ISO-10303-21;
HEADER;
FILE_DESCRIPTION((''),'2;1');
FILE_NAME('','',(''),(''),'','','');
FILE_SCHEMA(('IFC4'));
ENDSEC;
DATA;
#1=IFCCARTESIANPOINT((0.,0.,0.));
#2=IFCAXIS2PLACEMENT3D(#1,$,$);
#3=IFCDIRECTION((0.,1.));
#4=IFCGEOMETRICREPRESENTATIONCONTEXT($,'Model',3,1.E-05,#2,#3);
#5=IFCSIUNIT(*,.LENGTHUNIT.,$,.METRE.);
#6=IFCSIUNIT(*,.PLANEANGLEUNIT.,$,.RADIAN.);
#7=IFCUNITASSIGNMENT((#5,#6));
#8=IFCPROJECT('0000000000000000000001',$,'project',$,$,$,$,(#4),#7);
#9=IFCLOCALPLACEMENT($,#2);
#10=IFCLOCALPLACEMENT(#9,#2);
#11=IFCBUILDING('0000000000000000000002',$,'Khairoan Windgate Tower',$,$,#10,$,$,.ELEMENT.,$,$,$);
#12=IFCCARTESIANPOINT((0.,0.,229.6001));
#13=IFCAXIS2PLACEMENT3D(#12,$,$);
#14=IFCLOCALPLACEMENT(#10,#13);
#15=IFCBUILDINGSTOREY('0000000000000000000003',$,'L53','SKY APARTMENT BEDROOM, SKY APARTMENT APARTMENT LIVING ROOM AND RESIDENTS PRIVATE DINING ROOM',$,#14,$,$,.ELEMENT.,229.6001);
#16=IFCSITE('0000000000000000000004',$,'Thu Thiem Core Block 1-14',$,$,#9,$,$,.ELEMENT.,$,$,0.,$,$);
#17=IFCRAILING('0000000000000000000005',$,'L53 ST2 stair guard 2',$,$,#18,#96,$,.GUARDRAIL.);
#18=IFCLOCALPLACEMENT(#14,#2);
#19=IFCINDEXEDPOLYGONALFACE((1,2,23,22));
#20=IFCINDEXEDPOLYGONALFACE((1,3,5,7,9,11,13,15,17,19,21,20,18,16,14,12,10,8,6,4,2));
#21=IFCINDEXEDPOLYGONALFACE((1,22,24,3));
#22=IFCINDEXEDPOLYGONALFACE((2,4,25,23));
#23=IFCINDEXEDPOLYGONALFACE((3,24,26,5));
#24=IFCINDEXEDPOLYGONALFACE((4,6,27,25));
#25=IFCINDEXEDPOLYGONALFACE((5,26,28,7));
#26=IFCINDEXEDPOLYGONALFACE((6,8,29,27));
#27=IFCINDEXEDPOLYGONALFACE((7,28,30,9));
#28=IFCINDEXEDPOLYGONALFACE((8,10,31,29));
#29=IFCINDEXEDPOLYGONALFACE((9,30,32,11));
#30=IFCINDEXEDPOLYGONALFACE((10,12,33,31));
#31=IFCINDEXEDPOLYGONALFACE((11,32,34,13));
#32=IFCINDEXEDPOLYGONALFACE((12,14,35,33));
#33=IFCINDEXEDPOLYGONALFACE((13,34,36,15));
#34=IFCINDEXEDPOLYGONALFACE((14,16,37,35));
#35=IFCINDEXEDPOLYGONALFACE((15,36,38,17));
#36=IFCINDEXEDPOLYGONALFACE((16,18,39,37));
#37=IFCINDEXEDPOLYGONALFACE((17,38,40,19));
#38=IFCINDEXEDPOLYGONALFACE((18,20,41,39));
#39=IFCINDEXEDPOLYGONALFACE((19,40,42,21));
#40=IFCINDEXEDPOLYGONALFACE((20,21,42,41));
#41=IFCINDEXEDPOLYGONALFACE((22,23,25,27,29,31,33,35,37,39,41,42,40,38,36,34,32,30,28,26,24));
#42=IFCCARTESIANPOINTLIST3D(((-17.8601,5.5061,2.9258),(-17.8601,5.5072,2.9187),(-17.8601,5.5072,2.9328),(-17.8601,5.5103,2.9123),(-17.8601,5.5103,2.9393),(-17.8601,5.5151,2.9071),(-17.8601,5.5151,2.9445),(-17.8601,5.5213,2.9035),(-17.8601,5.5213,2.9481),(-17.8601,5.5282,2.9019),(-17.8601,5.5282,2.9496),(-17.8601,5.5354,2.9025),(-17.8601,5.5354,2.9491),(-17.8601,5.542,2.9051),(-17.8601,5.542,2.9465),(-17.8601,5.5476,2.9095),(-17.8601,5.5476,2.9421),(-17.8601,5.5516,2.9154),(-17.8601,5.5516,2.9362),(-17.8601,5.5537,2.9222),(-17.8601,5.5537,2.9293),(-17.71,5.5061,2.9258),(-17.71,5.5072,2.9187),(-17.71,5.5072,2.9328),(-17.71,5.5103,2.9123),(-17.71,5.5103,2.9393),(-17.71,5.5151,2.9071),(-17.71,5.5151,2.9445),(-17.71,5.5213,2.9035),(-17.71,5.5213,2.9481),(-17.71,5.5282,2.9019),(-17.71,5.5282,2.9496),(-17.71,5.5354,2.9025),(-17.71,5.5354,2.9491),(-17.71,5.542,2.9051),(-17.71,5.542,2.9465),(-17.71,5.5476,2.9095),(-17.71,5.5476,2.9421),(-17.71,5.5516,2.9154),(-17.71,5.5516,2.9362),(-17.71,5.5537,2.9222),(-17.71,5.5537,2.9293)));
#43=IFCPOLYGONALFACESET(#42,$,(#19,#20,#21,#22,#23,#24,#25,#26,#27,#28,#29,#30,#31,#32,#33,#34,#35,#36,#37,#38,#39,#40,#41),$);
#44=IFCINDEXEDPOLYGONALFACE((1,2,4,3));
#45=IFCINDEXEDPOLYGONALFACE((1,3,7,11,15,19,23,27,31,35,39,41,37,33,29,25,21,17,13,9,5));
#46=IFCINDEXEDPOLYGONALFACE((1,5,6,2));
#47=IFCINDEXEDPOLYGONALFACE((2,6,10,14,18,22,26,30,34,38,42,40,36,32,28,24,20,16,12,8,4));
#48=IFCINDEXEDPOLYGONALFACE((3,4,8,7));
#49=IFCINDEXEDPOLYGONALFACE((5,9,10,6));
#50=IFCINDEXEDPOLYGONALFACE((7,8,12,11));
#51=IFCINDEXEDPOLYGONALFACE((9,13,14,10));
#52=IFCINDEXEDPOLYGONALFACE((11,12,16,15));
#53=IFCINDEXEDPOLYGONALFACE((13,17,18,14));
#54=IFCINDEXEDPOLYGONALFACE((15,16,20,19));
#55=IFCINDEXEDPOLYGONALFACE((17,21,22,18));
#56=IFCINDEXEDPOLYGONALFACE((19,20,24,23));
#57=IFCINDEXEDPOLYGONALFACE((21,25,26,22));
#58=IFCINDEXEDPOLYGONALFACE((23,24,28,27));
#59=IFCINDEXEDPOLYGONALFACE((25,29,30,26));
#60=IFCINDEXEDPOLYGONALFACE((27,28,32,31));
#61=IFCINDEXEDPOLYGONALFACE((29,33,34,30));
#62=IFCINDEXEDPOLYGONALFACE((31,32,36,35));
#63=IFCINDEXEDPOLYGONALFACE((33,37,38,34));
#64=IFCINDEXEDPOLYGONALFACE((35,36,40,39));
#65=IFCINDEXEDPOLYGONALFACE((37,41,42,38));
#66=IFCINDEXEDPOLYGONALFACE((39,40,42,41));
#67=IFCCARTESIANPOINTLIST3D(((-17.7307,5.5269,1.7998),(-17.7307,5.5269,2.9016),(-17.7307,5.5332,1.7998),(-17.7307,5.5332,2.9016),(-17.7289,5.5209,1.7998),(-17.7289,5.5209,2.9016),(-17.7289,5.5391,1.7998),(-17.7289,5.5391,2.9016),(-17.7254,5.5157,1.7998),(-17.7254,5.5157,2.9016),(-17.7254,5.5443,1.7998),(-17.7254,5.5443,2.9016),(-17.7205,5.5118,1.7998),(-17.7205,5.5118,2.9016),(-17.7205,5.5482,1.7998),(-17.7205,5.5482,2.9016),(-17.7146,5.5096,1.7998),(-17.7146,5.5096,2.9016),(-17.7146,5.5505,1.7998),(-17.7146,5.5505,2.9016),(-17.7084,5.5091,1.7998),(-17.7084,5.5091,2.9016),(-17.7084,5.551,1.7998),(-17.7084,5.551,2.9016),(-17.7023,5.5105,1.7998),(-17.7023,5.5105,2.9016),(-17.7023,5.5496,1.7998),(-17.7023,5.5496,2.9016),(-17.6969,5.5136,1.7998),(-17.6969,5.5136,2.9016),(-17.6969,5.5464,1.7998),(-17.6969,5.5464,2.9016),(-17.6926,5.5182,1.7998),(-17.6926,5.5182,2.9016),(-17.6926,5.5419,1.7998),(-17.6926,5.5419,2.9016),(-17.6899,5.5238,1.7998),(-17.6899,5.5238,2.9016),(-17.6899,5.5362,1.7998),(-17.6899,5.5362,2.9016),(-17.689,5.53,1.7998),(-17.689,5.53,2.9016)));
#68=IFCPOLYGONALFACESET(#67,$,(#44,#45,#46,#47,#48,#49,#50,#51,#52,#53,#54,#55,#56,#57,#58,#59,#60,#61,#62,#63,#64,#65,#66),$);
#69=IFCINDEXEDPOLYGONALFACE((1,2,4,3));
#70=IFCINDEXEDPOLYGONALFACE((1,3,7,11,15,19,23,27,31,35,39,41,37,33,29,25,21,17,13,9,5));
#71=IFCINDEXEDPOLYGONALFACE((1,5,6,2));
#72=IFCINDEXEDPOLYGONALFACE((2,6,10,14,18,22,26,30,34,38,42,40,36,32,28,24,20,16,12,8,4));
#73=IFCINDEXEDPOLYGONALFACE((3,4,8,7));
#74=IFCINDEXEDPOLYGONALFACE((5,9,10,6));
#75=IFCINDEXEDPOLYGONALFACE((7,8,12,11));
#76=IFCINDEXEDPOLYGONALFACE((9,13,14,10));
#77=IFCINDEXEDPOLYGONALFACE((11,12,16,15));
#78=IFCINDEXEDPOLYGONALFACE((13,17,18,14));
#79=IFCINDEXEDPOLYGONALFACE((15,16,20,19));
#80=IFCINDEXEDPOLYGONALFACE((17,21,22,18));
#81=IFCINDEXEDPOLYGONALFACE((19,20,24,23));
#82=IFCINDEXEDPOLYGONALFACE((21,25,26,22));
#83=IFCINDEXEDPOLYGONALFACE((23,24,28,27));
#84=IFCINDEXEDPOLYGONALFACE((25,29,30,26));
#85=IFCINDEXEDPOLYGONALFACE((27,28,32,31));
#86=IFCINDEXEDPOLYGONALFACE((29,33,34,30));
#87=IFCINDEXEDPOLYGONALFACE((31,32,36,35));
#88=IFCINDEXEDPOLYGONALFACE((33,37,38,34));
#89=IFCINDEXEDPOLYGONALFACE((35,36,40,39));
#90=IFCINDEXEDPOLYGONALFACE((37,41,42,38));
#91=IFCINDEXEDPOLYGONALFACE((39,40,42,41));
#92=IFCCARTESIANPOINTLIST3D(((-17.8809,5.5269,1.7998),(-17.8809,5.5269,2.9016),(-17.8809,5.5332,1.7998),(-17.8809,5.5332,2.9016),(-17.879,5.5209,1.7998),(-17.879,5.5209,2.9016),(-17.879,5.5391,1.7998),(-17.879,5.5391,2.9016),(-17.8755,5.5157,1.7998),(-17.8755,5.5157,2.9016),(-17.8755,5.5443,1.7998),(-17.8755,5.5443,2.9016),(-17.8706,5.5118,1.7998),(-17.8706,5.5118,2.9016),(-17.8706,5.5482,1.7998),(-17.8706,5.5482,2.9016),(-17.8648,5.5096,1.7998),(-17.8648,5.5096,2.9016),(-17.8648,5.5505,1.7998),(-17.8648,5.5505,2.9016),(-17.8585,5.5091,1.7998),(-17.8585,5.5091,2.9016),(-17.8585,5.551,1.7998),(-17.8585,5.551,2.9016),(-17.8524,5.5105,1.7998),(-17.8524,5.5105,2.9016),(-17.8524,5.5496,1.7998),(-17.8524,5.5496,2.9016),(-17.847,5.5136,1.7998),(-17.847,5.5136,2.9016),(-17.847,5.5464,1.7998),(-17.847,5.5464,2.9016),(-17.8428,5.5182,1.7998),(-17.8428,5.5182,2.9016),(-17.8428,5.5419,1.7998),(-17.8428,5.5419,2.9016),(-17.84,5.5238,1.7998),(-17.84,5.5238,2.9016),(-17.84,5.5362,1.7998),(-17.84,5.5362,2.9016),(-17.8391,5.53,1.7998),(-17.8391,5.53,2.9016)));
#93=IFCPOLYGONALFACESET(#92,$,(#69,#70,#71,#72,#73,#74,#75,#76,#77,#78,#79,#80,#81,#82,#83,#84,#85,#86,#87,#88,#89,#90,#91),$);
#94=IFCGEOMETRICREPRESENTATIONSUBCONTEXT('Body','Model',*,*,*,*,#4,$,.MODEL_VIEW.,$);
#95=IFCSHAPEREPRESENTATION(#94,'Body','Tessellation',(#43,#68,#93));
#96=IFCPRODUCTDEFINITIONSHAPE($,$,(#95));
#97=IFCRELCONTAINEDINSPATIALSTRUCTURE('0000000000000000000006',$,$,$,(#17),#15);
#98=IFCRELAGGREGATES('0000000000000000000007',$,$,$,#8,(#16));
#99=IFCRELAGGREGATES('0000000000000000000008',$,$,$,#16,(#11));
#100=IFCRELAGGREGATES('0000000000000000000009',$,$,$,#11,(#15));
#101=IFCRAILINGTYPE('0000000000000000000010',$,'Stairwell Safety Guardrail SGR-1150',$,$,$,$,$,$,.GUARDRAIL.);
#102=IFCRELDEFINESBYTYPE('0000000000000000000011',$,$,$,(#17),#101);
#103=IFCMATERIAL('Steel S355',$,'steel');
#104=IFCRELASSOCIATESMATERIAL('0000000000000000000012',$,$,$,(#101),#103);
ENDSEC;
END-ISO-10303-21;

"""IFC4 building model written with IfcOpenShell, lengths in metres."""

from ifc_helpers import new_model, si_unit, direction, frame, origin, origin_2d, place, context, subcontext, project, spatial, circle, extrude, material, type_object, element, save


model = new_model("IFC4")

# Units and contexts
model_context = context("Model", 3, precision=1e-05, world=origin(), true_north=direction((0.0, 1.0)))
body_context = subcontext(model_context, "Body", "Model", "MODEL_VIEW")
ifc_project = project(units=[si_unit("LENGTHUNIT", "METRE"), si_unit("PLANEANGLEUNIT", "RADIAN")], contexts=[model_context])

# Site, building, storey
site_placement = place(None, origin())
site = spatial("IfcSite", under=ifc_project, at=site_placement, Name="Thu Thiem Core Block 1-14", CompositionType="ELEMENT", RefElevation=0.0)
building_placement = place(site_placement, origin())
building = spatial("IfcBuilding", under=site, at=building_placement, Name="Khairoan Windgate Tower", CompositionType="ELEMENT")
storey_placement = place(building_placement, frame((0.0, 0.0, 229.6001)))
storey = spatial("IfcBuildingStorey", under=building, at=storey_placement, Name="L53", Description="SKY APARTMENT BEDROOM, SKY APARTMENT APARTMENT LIVING ROOM AND RESIDENTS PRIVATE DINING ROOM", CompositionType="ELEMENT", Elevation=229.6001)

# Railing
ifc_material_1 = material(Name="Steel S355", Category="steel")
railing_type_1 = type_object("IfcRailingType", Name="Stairwell Safety Guardrail SGR-1150", PredefinedType="GUARDRAIL", material=ifc_material_1)
railing_1_placement = place(storey_placement, frame((-17.71, 5.53, 1.7998)))
element("IfcRailing", 1, at=railing_1_placement, inside=storey, type_object=railing_type_1, Name="L53 ST2 stair guard 2", PredefinedType="GUARDRAIL", context=body_context, shape_type="SweptSolid", body=[
    extrude(circle(Radius=0.0239, at=origin_2d()), frame((0.0, 0.0, 1.126), z_axis=(-1.0, 0.0, 0.0), x_axis=(0.0, -1.0, 0.0)), (0.0, 0.0, 1.0), 0.1501),
    extrude(circle(Radius=0.021, at=origin_2d()), origin(), (0.0, 0.0, 1.0), 1.1018),
    extrude(circle(Radius=0.021, at=origin_2d()), frame((-0.1501, 0.0, 0.0)), (0.0, 0.0, 1.0), 1.1018),
])

save(model, "model.ifc")
